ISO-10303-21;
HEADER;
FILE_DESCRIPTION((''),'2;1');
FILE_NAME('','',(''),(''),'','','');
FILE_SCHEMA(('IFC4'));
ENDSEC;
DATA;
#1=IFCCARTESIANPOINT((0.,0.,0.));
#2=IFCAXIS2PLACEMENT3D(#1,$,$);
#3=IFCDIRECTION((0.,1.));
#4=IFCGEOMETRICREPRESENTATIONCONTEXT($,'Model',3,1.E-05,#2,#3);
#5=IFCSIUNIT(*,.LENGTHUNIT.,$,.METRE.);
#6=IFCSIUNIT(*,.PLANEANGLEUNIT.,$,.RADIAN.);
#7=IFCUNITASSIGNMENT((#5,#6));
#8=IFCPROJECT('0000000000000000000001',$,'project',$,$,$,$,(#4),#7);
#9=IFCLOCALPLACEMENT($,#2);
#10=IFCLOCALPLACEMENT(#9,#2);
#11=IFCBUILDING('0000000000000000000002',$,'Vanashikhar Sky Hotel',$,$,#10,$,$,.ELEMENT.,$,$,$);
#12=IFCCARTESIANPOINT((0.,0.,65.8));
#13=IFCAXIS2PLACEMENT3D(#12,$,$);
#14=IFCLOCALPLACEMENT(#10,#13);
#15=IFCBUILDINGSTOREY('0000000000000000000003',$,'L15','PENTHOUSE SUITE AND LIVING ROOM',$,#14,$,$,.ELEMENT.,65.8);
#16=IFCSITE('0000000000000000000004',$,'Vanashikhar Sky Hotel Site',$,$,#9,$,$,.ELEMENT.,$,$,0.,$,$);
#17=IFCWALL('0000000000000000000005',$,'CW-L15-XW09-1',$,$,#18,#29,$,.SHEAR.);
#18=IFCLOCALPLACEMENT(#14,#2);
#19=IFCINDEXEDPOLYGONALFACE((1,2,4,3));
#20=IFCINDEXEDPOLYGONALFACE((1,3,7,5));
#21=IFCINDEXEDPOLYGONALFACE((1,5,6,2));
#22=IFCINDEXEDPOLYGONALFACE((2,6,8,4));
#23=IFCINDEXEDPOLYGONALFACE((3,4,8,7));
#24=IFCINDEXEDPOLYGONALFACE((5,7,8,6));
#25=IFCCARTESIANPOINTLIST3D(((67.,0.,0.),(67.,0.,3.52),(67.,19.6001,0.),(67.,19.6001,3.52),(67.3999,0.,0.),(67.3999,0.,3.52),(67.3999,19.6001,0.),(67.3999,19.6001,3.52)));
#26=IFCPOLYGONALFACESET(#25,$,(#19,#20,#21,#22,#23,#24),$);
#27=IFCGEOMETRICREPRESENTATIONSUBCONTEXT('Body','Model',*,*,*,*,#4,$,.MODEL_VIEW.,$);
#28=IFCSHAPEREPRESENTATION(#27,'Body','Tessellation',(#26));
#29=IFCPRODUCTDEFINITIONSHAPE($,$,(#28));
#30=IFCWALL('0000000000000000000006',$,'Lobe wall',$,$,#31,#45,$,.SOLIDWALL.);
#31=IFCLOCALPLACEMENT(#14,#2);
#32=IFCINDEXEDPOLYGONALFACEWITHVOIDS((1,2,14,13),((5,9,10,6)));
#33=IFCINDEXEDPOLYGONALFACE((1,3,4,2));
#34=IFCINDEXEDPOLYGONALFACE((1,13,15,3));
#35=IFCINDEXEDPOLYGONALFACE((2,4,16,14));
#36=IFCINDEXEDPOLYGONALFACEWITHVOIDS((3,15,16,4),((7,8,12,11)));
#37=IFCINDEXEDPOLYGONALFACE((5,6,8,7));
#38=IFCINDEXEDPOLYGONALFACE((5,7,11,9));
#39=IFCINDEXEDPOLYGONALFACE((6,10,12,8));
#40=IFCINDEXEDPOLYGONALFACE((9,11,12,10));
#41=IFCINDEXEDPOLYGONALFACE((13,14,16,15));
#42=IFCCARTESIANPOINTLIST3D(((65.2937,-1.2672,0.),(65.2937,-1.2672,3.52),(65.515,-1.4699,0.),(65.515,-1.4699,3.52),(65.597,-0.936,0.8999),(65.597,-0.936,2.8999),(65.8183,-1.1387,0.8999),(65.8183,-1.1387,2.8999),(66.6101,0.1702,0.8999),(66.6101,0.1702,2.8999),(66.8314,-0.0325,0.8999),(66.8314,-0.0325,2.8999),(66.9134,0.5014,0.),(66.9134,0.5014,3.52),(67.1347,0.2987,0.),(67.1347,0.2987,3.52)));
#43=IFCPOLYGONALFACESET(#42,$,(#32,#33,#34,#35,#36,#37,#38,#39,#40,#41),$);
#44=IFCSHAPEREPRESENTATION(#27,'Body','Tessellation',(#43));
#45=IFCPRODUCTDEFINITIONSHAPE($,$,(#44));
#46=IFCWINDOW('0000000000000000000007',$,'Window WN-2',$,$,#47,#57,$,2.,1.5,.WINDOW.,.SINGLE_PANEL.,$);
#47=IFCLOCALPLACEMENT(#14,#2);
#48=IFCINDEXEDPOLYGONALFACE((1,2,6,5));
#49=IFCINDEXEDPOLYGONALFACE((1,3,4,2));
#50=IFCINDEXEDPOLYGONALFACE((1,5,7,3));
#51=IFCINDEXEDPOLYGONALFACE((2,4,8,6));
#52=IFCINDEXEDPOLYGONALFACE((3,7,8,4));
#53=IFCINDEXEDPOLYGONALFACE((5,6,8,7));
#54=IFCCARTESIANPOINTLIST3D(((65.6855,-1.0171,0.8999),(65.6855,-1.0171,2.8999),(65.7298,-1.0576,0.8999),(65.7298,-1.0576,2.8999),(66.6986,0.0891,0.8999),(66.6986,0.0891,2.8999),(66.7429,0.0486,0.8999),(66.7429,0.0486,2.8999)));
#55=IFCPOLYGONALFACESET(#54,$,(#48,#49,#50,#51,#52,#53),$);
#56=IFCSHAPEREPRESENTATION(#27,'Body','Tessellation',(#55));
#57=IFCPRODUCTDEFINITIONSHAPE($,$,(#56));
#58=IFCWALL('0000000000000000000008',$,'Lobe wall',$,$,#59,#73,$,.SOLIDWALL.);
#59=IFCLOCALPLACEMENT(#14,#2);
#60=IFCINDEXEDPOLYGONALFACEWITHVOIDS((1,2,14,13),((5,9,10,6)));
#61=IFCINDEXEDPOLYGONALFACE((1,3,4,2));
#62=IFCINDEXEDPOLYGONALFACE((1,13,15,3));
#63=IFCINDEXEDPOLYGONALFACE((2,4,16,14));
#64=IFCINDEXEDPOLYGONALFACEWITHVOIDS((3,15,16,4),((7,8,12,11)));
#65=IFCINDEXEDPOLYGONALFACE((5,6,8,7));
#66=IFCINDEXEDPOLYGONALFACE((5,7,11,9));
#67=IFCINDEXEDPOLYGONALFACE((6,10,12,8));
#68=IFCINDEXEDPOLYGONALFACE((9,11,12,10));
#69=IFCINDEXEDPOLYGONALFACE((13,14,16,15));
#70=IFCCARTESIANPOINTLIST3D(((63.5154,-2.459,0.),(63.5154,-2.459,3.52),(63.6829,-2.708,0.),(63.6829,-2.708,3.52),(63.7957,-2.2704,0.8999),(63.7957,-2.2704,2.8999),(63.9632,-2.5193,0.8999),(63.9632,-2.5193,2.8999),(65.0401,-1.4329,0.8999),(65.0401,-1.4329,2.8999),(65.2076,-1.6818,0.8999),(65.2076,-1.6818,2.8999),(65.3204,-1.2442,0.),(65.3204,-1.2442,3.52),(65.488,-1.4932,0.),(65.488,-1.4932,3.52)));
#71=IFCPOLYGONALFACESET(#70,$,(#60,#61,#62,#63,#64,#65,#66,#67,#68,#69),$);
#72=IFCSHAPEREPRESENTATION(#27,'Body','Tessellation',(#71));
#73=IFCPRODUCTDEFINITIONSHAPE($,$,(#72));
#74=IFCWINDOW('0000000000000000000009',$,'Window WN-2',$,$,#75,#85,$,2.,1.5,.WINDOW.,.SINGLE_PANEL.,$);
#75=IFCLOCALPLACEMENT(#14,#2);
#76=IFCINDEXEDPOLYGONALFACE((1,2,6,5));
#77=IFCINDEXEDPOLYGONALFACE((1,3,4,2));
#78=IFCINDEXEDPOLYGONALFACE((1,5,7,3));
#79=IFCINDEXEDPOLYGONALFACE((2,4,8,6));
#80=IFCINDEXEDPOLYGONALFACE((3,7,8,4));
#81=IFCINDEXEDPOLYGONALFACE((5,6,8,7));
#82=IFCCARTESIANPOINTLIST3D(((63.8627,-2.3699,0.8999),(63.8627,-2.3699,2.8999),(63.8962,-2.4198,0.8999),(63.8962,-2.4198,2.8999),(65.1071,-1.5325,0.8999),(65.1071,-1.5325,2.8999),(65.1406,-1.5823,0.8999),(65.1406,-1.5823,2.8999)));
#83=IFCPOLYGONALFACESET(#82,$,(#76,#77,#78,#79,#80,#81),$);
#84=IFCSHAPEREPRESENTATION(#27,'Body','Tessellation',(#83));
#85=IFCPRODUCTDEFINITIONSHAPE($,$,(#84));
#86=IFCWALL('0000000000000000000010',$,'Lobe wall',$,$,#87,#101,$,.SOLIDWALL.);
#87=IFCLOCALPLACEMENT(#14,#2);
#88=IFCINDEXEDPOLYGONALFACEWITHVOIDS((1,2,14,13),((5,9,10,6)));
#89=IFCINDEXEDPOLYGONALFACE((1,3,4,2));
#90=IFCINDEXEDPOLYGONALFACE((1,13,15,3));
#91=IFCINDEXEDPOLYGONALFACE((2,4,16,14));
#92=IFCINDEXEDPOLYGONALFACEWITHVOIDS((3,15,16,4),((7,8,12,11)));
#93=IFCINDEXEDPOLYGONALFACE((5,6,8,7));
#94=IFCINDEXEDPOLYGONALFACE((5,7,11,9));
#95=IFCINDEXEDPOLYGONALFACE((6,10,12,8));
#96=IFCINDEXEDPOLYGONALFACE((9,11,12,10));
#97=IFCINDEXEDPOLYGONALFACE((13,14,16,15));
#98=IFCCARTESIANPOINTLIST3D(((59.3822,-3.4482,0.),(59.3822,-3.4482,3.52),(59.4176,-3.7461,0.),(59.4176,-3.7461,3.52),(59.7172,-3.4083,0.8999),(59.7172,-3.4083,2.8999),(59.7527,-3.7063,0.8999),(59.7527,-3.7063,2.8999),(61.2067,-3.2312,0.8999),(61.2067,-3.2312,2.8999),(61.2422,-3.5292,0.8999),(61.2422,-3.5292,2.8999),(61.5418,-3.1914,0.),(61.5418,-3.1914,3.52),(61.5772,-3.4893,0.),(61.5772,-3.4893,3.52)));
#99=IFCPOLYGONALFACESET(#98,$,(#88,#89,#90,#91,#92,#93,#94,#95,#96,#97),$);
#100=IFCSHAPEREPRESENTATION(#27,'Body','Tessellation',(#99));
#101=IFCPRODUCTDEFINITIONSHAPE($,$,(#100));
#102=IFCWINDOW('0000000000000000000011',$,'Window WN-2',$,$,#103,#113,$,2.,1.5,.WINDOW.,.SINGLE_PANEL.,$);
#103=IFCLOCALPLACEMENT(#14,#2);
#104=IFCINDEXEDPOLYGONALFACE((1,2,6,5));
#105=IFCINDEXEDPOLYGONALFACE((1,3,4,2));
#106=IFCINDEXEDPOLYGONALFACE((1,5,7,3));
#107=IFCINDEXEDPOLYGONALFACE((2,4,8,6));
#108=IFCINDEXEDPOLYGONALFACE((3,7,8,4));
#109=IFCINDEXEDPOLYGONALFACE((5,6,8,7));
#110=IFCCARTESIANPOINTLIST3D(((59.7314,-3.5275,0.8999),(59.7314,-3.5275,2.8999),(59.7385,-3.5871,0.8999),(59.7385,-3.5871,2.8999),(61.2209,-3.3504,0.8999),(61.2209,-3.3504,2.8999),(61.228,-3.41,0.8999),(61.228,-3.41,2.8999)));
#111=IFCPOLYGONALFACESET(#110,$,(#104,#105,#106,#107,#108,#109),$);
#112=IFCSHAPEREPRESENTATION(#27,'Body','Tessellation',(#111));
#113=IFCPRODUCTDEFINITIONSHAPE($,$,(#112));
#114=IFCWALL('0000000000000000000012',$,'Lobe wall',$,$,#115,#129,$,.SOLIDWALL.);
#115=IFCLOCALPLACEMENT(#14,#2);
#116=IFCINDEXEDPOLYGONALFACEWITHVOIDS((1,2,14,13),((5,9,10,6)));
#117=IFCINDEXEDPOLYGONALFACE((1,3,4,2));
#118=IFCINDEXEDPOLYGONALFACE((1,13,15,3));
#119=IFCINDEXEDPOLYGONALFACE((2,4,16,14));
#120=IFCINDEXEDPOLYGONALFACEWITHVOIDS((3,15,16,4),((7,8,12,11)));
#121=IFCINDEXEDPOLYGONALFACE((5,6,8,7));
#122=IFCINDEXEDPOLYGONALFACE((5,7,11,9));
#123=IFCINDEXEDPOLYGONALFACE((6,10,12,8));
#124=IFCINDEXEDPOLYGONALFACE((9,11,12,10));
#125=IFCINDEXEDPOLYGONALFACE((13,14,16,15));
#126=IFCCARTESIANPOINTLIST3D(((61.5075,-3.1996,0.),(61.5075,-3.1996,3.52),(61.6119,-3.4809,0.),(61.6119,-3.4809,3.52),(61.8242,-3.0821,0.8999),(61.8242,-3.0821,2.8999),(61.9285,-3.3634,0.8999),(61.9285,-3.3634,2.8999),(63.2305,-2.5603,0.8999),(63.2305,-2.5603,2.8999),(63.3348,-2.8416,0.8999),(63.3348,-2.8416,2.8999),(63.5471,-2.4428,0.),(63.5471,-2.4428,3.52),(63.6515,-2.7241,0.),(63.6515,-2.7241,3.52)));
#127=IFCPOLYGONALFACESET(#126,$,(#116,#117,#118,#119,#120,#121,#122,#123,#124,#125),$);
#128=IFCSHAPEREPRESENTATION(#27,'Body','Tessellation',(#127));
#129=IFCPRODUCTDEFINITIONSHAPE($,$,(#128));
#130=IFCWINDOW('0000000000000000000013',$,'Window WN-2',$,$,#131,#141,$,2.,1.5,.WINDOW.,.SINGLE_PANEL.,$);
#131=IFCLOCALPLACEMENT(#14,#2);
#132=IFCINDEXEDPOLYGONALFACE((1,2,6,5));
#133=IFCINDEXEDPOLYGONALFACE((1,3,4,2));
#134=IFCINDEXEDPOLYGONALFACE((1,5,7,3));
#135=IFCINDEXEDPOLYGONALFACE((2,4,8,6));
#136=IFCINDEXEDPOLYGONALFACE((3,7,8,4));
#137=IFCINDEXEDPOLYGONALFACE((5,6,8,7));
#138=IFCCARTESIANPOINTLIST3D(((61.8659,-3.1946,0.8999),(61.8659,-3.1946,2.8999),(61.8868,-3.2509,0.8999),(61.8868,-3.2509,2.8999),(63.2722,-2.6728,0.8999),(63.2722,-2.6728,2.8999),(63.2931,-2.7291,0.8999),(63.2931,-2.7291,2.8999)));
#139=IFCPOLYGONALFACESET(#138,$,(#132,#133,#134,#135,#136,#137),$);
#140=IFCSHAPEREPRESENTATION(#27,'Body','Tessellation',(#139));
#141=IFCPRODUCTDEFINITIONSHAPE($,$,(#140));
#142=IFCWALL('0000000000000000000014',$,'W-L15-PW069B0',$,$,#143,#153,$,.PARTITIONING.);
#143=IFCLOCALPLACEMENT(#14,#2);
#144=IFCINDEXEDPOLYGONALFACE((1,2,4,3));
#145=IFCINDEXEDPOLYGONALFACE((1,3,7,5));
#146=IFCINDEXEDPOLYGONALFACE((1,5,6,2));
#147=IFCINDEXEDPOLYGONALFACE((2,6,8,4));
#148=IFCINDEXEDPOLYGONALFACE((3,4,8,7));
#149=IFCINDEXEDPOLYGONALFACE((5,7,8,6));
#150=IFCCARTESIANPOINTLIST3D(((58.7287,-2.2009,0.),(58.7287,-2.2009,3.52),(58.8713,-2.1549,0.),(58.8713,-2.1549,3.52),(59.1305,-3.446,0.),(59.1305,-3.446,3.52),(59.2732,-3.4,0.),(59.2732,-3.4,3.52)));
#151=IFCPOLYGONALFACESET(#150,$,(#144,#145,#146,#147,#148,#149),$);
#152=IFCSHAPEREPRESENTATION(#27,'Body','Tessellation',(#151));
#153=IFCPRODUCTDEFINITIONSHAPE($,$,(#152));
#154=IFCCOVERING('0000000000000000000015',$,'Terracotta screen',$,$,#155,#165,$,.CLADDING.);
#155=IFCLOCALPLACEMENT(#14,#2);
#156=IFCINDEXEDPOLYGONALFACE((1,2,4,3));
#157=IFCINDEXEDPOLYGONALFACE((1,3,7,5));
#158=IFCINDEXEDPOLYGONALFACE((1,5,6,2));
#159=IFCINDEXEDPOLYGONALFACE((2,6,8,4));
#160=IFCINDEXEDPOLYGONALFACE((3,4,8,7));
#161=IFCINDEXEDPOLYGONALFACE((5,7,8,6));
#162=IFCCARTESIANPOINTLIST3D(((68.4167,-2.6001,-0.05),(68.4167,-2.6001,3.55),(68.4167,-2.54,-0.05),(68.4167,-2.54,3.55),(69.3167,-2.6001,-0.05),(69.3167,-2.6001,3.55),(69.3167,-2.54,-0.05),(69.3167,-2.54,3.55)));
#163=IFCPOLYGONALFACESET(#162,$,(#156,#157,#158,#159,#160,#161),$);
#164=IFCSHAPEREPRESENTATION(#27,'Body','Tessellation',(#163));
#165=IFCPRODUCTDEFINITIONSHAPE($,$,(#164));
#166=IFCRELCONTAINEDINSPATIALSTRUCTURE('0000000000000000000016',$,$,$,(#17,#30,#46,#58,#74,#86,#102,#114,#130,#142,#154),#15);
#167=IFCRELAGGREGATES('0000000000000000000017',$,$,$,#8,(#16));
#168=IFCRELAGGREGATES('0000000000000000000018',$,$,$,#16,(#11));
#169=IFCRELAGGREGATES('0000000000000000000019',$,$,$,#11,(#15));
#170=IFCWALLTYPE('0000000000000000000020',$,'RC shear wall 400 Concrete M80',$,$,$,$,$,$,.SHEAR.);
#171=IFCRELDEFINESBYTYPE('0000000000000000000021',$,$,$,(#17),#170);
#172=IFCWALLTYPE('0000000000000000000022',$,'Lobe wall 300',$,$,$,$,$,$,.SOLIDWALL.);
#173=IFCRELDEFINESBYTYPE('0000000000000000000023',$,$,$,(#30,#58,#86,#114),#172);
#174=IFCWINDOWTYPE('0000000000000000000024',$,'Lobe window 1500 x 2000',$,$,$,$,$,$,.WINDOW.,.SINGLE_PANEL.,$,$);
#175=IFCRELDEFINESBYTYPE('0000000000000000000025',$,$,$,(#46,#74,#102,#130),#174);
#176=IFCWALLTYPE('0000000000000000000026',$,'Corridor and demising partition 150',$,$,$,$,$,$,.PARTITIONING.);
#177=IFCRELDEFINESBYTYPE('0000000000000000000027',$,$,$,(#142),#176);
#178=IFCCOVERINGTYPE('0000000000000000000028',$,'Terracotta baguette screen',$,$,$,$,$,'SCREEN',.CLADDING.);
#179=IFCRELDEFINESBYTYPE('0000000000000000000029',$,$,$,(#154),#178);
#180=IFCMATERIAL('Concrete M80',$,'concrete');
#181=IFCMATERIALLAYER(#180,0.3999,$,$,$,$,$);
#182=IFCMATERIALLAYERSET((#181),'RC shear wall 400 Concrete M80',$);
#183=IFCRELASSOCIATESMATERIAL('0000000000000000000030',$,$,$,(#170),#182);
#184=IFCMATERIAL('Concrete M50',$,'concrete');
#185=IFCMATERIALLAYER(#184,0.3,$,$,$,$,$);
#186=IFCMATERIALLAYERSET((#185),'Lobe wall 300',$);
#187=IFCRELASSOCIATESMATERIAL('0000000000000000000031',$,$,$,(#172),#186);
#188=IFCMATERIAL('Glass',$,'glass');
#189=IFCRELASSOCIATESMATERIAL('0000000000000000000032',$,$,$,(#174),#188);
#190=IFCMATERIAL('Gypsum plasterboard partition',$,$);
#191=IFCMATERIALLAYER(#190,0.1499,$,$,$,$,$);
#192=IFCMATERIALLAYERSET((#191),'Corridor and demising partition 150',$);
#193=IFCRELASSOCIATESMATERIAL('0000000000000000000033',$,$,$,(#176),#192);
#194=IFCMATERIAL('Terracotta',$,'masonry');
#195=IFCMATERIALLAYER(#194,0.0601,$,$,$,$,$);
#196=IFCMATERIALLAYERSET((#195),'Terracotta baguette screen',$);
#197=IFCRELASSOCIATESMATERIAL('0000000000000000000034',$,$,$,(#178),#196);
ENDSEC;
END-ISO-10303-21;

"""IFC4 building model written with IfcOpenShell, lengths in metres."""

from ifc_helpers import new_model, si_unit, direction, frame, frame_2d, origin, origin_2d, place, context, subcontext, project, spatial, rectangle, extrude, source, transform, mapped, material, layer, layer_set, type_object, element, fill, save


model = new_model("IFC4")

# Units and contexts
model_context = context("Model", 3, precision=1e-05, world=origin(), true_north=direction((0.0, 1.0)))
body_context = subcontext(model_context, "Body", "Model", "MODEL_VIEW")
ifc_project = project(units=[si_unit("LENGTHUNIT", "METRE"), si_unit("PLANEANGLEUNIT", "RADIAN")], contexts=[model_context])

# Site, building, storey
site_placement = place(None, origin())
site = spatial("IfcSite", under=ifc_project, at=site_placement, Name="Vanashikhar Sky Hotel Site", CompositionType="ELEMENT", RefElevation=0.0)
building_placement = place(site_placement, origin())
building = spatial("IfcBuilding", under=site, at=building_placement, Name="Vanashikhar Sky Hotel", CompositionType="ELEMENT")
storey_placement = place(building_placement, frame((0.0, 0.0, 65.8)))
storey = spatial("IfcBuildingStorey", under=building, at=storey_placement, Name="L15", Description="PENTHOUSE SUITE AND LIVING ROOM", CompositionType="ELEMENT", Elevation=65.8)

# Wall
ifc_material_1 = material(Name="Concrete M80", Category="concrete")
ifc_layer_1 = layer(ifc_material_1, 0.3999)
ifc_layer_set_1 = layer_set([ifc_layer_1], Name="RC shear wall 400 Concrete M80")
wall_type_1 = type_object("IfcWallType", Name="RC shear wall 400 Concrete M80", PredefinedType="SHEAR", material=ifc_layer_set_1)
shared_shape_1 = source(origin(), body_context, "Body", "SweptSolid", [
    extrude(rectangle(XDim=19.6001, YDim=0.3999, at=frame_2d((9.8, 0.0))), origin(), (0.0, 0.0, 1.0), 3.52),
])
wall_1_placement = place(storey_placement, frame((67.2, 0.0, 0.0), z_axis=(0.0, 0.0, 1.0), x_axis=(0.0, 1.0, 0.0)))
element("IfcWall", 1, at=wall_1_placement, inside=storey, type_object=wall_type_1, Name="CW-L15-XW09-1", PredefinedType="SHEAR", context=body_context, shape_type="MappedRepresentation", body=[
    mapped(shared_shape_1, transform((0.0, 0.0, 0.0), scale=1.0)),
])

# Walls, openings, windows
ifc_material_2 = material(Name="Concrete M50", Category="concrete")
ifc_layer_2 = layer(ifc_material_2, 0.3)
ifc_layer_set_2 = layer_set([ifc_layer_2], Name="Lobe wall 300")
wall_type_2 = type_object("IfcWallType", Name="Lobe wall 300", PredefinedType="SOLIDWALL", material=ifc_layer_set_2)
shared_shape_2 = source(origin(), body_context, "Body", "SweptSolid", [
    extrude(rectangle(XDim=2.3982, YDim=0.3, at=frame_2d((1.1992, 0.0))), origin(), (0.0, 0.0, 1.0), 3.52),
])
wall_2_placement = place(storey_placement, frame((65.4043, -1.3687, 0.0), z_axis=(0.0, 0.0, 1.0), x_axis=(0.675374, 0.737475, 0.0)))
wall_2 = element("IfcWall", 2, at=wall_2_placement, inside=storey, type_object=wall_type_2, Name="Lobe wall", PredefinedType="SOLIDWALL", context=body_context, shape_type="MappedRepresentation", body=[
    mapped(shared_shape_2, transform((0.0, 0.0, 0.0), scale=1.0)),
])
shared_shape_3 = source(origin(), body_context, "Body", "SweptSolid", [
    extrude(rectangle(XDim=1.5, YDim=2.0, at=frame_2d((0.75, 1.0))), frame((0.0, 0.1602, 0.0), z_axis=(0.0, -1.0, 0.0), x_axis=(1.0, 0.0, 0.0)), (0.0, 0.0, 1.0), 0.3201),
])
opening_1_placement = place(wall_2_placement, frame((0.4492, 0.0, 0.8999)))
opening_1 = element("IfcOpeningElement", 3, at=opening_1_placement, cuts=wall_2, PredefinedType="OPENING", context=body_context, shape_type="MappedRepresentation", body=[
    mapped(shared_shape_3, transform((0.0, 0.0, 0.0), scale=1.0)),
])
ifc_material_3 = material(Name="Glass", Category="glass")
window_type = type_object("IfcWindowType", Name="Lobe window 1500 x 2000", PartitioningType="SINGLE_PANEL", PredefinedType="WINDOW", material=ifc_material_3)
shared_shape_4 = source(origin(), body_context, "Body", "SweptSolid", [
    extrude(rectangle(XDim=1.5, YDim=2.0, at=frame_2d((0.75, 1.0))), frame((0.0, 0.03, 0.0), z_axis=(0.0, -1.0, 0.0), x_axis=(1.0, 0.0, 0.0)), (0.0, 0.0, 1.0), 0.0601),
])
window_1_placement = place(opening_1_placement, origin())
window_1 = element("IfcWindow", 4, at=window_1_placement, inside=storey, type_object=window_type, Name="Window WN-2", OverallHeight=2.0, OverallWidth=1.5, PartitioningType="SINGLE_PANEL", PredefinedType="WINDOW", context=body_context, shape_type="MappedRepresentation", body=[
    mapped(shared_shape_4, transform((0.0, 0.0, 0.0), scale=1.0)),
])
fill(opening_1, window_1)
shared_shape_5 = source(origin(), body_context, "Body", "SweptSolid", [
    extrude(rectangle(XDim=2.1758, YDim=0.3, at=frame_2d((1.0879, 0.0))), origin(), (0.0, 0.0, 1.0), 3.52),
])
wall_3_placement = place(storey_placement, frame((63.5991, -2.5835, 0.0), z_axis=(0.0, 0.0, 1.0), x_axis=(0.829626, 0.55832, 0.0)))
wall_3 = element("IfcWall", 5, at=wall_3_placement, inside=storey, type_object=wall_type_2, Name="Lobe wall", PredefinedType="SOLIDWALL", context=body_context, shape_type="MappedRepresentation", body=[
    mapped(shared_shape_5, transform((0.0, 0.0, 0.0), scale=1.0)),
])
opening_2_placement = place(wall_3_placement, frame((0.3379, 0.0, 0.8999)))
opening_2 = element("IfcOpeningElement", 6, at=opening_2_placement, cuts=wall_3, PredefinedType="OPENING", context=body_context, shape_type="MappedRepresentation", body=[
    mapped(shared_shape_3, transform((0.0, 0.0, 0.0), scale=1.0)),
])
window_2_placement = place(opening_2_placement, origin())
window_2 = element("IfcWindow", 7, at=window_2_placement, inside=storey, type_object=window_type, Name="Window WN-2", OverallHeight=2.0, OverallWidth=1.5, PartitioningType="SINGLE_PANEL", PredefinedType="WINDOW", context=body_context, shape_type="MappedRepresentation", body=[
    mapped(shared_shape_4, transform((0.0, 0.0, 0.0), scale=1.0)),
])
fill(opening_2, window_2)
shared_shape_6 = source(origin(), body_context, "Body", "SweptSolid", [
    extrude(rectangle(XDim=2.1748, YDim=0.3, at=frame_2d((1.0874, 0.0))), origin(), (0.0, 0.0, 1.0), 3.52),
])
wall_4_placement = place(storey_placement, frame((59.3999, -3.5972, 0.0), z_axis=(0.0, 0.0, 1.0), x_axis=(0.993003, 0.118092, 0.0)))
wall_4 = element("IfcWall", 8, at=wall_4_placement, inside=storey, type_object=wall_type_2, Name="Lobe wall", PredefinedType="SOLIDWALL", context=body_context, shape_type="MappedRepresentation", body=[
    mapped(shared_shape_6, transform((0.0, 0.0, 0.0), scale=1.0)),
])
opening_3_placement = place(wall_4_placement, frame((0.3374, 0.0, 0.8999)))
opening_3 = element("IfcOpeningElement", 9, at=opening_3_placement, cuts=wall_4, PredefinedType="OPENING", context=body_context, shape_type="MappedRepresentation", body=[
    mapped(shared_shape_3, transform((0.0, 0.0, 0.0), scale=1.0)),
])
window_3_placement = place(opening_3_placement, origin())
window_3 = element("IfcWindow", 10, at=window_3_placement, inside=storey, type_object=window_type, Name="Window WN-2", OverallHeight=2.0, OverallWidth=1.5, PartitioningType="SINGLE_PANEL", PredefinedType="WINDOW", context=body_context, shape_type="MappedRepresentation", body=[
    mapped(shared_shape_4, transform((0.0, 0.0, 0.0), scale=1.0)),
])
fill(opening_3, window_3)
shared_shape_7 = source(origin(), body_context, "Body", "SweptSolid", [
    extrude(rectangle(XDim=2.1755, YDim=0.3, at=frame_2d((1.0879, 0.0))), origin(), (0.0, 0.0, 1.0), 3.52),
])
wall_5_placement = place(storey_placement, frame((61.5596, -3.3403, 0.0), z_axis=(0.0, 0.0, 1.0), x_axis=(0.937532, 0.347899, 0.0)))
wall_5 = element("IfcWall", 11, at=wall_5_placement, inside=storey, type_object=wall_type_2, Name="Lobe wall", PredefinedType="SOLIDWALL", context=body_context, shape_type="MappedRepresentation", body=[
    mapped(shared_shape_7, transform((0.0, 0.0, 0.0), scale=1.0)),
])
opening_4_placement = place(wall_5_placement, frame((0.3379, 0.0, 0.8999)))
opening_4 = element("IfcOpeningElement", 12, at=opening_4_placement, cuts=wall_5, PredefinedType="OPENING", context=body_context, shape_type="MappedRepresentation", body=[
    mapped(shared_shape_3, transform((0.0, 0.0, 0.0), scale=1.0)),
])
window_4_placement = place(opening_4_placement, origin())
window_4 = element("IfcWindow", 13, at=window_4_placement, inside=storey, type_object=window_type, Name="Window WN-2", OverallHeight=2.0, OverallWidth=1.5, PartitioningType="SINGLE_PANEL", PredefinedType="WINDOW", context=body_context, shape_type="MappedRepresentation", body=[
    mapped(shared_shape_4, transform((0.0, 0.0, 0.0), scale=1.0)),
])
fill(opening_4, window_4)

# Wall
ifc_material_4 = material(Name="Gypsum plasterboard partition")
ifc_layer_3 = layer(ifc_material_4, 0.1499)
ifc_layer_set_3 = layer_set([ifc_layer_3], Name="Corridor and demising partition 150")
wall_type_3 = type_object("IfcWallType", Name="Corridor and demising partition 150", PredefinedType="PARTITIONING", material=ifc_layer_set_3)
shared_shape_8 = source(origin(), body_context, "Body", "SweptSolid", [
    extrude(rectangle(XDim=1.3083, YDim=0.1499, at=frame_2d((0.6543, 0.0))), origin(), (0.0, 0.0, 1.0), 3.52),
])
wall_6_placement = place(storey_placement, frame((59.2019, -3.4231, 0.0), z_axis=(0.0, 0.0, 1.0), x_axis=(-0.307145, 0.951663, 0.0)))
element("IfcWall", 14, at=wall_6_placement, inside=storey, type_object=wall_type_3, Name="W-L15-PW069B0", PredefinedType="PARTITIONING", context=body_context, shape_type="MappedRepresentation", body=[
    mapped(shared_shape_8, transform((0.0, 0.0, 0.0), scale=1.0)),
])

# Covering
ifc_material_5 = material(Name="Terracotta", Category="masonry")
ifc_layer_4 = layer(ifc_material_5, 0.0601)
ifc_layer_set_4 = layer_set([ifc_layer_4], Name="Terracotta baguette screen")
covering_type_1 = type_object("IfcCoveringType", Name="Terracotta baguette screen", ElementType="SCREEN", PredefinedType="CLADDING", material=ifc_layer_set_4)
shared_shape_9 = source(origin(), body_context, "Body", "SweptSolid", [
    extrude(rectangle(XDim=0.8999, YDim=0.0601, at=origin_2d()), origin(), (0.0, 0.0, 1.0), 3.6001),
])
for number, where, z_axis, x_axis, name in (
    (15, (68.8667, -2.5701, -0.05), (0.0, 0.0, 1.0), (1.0, 0.0, 0.0), "Terracotta screen"),
):
    element("IfcCovering", number, at=place(storey_placement, frame(where, z_axis=z_axis, x_axis=x_axis)), inside=storey, type_object=covering_type_1, Name=name, PredefinedType="CLADDING", context=body_context, shape_type="MappedRepresentation", body=[
        mapped(shared_shape_9, transform((0.0, 0.0, 0.0), scale=1.0)),
    ])

save(model, "model.ifc")
